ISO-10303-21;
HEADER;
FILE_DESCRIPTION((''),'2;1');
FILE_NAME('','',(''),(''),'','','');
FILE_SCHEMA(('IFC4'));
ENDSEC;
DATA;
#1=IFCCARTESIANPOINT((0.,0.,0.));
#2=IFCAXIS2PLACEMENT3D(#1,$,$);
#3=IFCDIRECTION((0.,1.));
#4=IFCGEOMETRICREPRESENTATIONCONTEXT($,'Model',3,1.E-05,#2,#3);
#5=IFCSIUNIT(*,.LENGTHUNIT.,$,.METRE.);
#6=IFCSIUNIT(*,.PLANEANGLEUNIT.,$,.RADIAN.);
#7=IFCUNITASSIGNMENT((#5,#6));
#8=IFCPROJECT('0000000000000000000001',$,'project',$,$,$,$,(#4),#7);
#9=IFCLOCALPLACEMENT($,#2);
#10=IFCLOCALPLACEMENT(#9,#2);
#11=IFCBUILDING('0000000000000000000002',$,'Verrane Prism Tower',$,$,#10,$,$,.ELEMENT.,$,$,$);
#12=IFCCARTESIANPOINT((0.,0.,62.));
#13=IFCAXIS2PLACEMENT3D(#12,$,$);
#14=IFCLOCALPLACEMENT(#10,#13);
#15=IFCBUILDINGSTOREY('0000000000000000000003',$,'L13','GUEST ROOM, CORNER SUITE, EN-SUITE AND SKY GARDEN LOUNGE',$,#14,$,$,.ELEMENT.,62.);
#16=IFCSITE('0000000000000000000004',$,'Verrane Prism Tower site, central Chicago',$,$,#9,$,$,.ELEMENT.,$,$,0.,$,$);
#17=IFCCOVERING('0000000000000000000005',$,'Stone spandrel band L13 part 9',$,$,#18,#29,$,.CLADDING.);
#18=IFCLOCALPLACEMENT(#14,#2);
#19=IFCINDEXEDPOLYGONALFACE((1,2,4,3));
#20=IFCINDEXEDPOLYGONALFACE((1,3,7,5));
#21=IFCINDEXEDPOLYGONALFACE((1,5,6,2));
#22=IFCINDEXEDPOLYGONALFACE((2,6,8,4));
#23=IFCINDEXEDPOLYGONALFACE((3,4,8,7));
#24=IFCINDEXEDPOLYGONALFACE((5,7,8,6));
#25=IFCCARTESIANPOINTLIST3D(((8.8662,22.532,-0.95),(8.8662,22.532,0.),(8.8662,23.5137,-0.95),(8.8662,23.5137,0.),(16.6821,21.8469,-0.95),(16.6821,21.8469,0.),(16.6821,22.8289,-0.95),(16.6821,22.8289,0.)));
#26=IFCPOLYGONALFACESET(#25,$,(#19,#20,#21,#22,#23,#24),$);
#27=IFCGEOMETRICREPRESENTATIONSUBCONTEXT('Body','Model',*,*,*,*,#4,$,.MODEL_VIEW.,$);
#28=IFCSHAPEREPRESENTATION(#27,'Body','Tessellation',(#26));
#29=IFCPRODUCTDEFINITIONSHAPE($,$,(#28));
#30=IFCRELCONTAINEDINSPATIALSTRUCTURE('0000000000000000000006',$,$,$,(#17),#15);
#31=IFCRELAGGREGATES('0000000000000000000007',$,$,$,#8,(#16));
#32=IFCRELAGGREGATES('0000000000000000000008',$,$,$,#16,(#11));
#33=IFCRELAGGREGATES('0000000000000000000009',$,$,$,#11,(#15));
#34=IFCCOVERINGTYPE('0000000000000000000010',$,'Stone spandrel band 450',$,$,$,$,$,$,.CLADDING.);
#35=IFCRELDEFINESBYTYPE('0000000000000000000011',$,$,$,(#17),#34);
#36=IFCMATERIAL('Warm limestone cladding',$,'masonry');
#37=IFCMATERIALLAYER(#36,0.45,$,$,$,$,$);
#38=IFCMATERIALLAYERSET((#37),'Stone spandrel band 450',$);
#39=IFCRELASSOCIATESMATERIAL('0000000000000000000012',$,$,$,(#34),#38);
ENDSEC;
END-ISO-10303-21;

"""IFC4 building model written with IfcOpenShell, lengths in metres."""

from ifc_helpers import new_model, si_unit, direction, frame, origin, place, context, subcontext, project, spatial, polyline, outline, extrude, material, layer, layer_set, type_object, element, save


model = new_model("IFC4")

# Units and contexts
model_context = context("Model", 3, precision=1e-05, world=origin(), true_north=direction((0.0, 1.0)))
body_context = subcontext(model_context, "Body", "Model", "MODEL_VIEW")
ifc_project = project(units=[si_unit("LENGTHUNIT", "METRE"), si_unit("PLANEANGLEUNIT", "RADIAN")], contexts=[model_context])

# Site, building, storey
site_placement = place(None, origin())
site = spatial("IfcSite", under=ifc_project, at=site_placement, Name="Verrane Prism Tower site, central Chicago", CompositionType="ELEMENT", RefElevation=0.0)
building_placement = place(site_placement, origin())
building = spatial("IfcBuilding", under=site, at=building_placement, Name="Verrane Prism Tower", CompositionType="ELEMENT")
storey_placement = place(building_placement, frame((0.0, 0.0, 62.0)))
storey = spatial("IfcBuildingStorey", under=building, at=storey_placement, Name="L13", Description="GUEST ROOM, CORNER SUITE, EN-SUITE AND SKY GARDEN LOUNGE", CompositionType="ELEMENT", Elevation=62.0)

# Covering
ifc_material_1 = material(Name="Warm limestone cladding", Category="masonry")
ifc_layer_1 = layer(ifc_material_1, 0.45)
ifc_layer_set_1 = layer_set([ifc_layer_1], Name="Stone spandrel band 450")
covering_type = type_object("IfcCoveringType", Name="Stone spandrel band 450", PredefinedType="CLADDING", material=ifc_layer_set_1)
covering_1_placement = place(storey_placement, frame((0.0, 0.0, -0.95)))
element("IfcCovering", 1, at=covering_1_placement, inside=storey, type_object=covering_type, Name="Stone spandrel band L13 part 9", PredefinedType="CLADDING", context=body_context, shape_type="SweptSolid", body=[
    extrude(outline(polyline([(16.6821, 21.8469), (16.6821, 22.8289), (8.8662, 23.5137), (8.8662, 22.532), (16.6821, 21.8469)])), origin(), (0.0, 0.0, 1.0), 0.95),
])

save(model, "model.ifc")
